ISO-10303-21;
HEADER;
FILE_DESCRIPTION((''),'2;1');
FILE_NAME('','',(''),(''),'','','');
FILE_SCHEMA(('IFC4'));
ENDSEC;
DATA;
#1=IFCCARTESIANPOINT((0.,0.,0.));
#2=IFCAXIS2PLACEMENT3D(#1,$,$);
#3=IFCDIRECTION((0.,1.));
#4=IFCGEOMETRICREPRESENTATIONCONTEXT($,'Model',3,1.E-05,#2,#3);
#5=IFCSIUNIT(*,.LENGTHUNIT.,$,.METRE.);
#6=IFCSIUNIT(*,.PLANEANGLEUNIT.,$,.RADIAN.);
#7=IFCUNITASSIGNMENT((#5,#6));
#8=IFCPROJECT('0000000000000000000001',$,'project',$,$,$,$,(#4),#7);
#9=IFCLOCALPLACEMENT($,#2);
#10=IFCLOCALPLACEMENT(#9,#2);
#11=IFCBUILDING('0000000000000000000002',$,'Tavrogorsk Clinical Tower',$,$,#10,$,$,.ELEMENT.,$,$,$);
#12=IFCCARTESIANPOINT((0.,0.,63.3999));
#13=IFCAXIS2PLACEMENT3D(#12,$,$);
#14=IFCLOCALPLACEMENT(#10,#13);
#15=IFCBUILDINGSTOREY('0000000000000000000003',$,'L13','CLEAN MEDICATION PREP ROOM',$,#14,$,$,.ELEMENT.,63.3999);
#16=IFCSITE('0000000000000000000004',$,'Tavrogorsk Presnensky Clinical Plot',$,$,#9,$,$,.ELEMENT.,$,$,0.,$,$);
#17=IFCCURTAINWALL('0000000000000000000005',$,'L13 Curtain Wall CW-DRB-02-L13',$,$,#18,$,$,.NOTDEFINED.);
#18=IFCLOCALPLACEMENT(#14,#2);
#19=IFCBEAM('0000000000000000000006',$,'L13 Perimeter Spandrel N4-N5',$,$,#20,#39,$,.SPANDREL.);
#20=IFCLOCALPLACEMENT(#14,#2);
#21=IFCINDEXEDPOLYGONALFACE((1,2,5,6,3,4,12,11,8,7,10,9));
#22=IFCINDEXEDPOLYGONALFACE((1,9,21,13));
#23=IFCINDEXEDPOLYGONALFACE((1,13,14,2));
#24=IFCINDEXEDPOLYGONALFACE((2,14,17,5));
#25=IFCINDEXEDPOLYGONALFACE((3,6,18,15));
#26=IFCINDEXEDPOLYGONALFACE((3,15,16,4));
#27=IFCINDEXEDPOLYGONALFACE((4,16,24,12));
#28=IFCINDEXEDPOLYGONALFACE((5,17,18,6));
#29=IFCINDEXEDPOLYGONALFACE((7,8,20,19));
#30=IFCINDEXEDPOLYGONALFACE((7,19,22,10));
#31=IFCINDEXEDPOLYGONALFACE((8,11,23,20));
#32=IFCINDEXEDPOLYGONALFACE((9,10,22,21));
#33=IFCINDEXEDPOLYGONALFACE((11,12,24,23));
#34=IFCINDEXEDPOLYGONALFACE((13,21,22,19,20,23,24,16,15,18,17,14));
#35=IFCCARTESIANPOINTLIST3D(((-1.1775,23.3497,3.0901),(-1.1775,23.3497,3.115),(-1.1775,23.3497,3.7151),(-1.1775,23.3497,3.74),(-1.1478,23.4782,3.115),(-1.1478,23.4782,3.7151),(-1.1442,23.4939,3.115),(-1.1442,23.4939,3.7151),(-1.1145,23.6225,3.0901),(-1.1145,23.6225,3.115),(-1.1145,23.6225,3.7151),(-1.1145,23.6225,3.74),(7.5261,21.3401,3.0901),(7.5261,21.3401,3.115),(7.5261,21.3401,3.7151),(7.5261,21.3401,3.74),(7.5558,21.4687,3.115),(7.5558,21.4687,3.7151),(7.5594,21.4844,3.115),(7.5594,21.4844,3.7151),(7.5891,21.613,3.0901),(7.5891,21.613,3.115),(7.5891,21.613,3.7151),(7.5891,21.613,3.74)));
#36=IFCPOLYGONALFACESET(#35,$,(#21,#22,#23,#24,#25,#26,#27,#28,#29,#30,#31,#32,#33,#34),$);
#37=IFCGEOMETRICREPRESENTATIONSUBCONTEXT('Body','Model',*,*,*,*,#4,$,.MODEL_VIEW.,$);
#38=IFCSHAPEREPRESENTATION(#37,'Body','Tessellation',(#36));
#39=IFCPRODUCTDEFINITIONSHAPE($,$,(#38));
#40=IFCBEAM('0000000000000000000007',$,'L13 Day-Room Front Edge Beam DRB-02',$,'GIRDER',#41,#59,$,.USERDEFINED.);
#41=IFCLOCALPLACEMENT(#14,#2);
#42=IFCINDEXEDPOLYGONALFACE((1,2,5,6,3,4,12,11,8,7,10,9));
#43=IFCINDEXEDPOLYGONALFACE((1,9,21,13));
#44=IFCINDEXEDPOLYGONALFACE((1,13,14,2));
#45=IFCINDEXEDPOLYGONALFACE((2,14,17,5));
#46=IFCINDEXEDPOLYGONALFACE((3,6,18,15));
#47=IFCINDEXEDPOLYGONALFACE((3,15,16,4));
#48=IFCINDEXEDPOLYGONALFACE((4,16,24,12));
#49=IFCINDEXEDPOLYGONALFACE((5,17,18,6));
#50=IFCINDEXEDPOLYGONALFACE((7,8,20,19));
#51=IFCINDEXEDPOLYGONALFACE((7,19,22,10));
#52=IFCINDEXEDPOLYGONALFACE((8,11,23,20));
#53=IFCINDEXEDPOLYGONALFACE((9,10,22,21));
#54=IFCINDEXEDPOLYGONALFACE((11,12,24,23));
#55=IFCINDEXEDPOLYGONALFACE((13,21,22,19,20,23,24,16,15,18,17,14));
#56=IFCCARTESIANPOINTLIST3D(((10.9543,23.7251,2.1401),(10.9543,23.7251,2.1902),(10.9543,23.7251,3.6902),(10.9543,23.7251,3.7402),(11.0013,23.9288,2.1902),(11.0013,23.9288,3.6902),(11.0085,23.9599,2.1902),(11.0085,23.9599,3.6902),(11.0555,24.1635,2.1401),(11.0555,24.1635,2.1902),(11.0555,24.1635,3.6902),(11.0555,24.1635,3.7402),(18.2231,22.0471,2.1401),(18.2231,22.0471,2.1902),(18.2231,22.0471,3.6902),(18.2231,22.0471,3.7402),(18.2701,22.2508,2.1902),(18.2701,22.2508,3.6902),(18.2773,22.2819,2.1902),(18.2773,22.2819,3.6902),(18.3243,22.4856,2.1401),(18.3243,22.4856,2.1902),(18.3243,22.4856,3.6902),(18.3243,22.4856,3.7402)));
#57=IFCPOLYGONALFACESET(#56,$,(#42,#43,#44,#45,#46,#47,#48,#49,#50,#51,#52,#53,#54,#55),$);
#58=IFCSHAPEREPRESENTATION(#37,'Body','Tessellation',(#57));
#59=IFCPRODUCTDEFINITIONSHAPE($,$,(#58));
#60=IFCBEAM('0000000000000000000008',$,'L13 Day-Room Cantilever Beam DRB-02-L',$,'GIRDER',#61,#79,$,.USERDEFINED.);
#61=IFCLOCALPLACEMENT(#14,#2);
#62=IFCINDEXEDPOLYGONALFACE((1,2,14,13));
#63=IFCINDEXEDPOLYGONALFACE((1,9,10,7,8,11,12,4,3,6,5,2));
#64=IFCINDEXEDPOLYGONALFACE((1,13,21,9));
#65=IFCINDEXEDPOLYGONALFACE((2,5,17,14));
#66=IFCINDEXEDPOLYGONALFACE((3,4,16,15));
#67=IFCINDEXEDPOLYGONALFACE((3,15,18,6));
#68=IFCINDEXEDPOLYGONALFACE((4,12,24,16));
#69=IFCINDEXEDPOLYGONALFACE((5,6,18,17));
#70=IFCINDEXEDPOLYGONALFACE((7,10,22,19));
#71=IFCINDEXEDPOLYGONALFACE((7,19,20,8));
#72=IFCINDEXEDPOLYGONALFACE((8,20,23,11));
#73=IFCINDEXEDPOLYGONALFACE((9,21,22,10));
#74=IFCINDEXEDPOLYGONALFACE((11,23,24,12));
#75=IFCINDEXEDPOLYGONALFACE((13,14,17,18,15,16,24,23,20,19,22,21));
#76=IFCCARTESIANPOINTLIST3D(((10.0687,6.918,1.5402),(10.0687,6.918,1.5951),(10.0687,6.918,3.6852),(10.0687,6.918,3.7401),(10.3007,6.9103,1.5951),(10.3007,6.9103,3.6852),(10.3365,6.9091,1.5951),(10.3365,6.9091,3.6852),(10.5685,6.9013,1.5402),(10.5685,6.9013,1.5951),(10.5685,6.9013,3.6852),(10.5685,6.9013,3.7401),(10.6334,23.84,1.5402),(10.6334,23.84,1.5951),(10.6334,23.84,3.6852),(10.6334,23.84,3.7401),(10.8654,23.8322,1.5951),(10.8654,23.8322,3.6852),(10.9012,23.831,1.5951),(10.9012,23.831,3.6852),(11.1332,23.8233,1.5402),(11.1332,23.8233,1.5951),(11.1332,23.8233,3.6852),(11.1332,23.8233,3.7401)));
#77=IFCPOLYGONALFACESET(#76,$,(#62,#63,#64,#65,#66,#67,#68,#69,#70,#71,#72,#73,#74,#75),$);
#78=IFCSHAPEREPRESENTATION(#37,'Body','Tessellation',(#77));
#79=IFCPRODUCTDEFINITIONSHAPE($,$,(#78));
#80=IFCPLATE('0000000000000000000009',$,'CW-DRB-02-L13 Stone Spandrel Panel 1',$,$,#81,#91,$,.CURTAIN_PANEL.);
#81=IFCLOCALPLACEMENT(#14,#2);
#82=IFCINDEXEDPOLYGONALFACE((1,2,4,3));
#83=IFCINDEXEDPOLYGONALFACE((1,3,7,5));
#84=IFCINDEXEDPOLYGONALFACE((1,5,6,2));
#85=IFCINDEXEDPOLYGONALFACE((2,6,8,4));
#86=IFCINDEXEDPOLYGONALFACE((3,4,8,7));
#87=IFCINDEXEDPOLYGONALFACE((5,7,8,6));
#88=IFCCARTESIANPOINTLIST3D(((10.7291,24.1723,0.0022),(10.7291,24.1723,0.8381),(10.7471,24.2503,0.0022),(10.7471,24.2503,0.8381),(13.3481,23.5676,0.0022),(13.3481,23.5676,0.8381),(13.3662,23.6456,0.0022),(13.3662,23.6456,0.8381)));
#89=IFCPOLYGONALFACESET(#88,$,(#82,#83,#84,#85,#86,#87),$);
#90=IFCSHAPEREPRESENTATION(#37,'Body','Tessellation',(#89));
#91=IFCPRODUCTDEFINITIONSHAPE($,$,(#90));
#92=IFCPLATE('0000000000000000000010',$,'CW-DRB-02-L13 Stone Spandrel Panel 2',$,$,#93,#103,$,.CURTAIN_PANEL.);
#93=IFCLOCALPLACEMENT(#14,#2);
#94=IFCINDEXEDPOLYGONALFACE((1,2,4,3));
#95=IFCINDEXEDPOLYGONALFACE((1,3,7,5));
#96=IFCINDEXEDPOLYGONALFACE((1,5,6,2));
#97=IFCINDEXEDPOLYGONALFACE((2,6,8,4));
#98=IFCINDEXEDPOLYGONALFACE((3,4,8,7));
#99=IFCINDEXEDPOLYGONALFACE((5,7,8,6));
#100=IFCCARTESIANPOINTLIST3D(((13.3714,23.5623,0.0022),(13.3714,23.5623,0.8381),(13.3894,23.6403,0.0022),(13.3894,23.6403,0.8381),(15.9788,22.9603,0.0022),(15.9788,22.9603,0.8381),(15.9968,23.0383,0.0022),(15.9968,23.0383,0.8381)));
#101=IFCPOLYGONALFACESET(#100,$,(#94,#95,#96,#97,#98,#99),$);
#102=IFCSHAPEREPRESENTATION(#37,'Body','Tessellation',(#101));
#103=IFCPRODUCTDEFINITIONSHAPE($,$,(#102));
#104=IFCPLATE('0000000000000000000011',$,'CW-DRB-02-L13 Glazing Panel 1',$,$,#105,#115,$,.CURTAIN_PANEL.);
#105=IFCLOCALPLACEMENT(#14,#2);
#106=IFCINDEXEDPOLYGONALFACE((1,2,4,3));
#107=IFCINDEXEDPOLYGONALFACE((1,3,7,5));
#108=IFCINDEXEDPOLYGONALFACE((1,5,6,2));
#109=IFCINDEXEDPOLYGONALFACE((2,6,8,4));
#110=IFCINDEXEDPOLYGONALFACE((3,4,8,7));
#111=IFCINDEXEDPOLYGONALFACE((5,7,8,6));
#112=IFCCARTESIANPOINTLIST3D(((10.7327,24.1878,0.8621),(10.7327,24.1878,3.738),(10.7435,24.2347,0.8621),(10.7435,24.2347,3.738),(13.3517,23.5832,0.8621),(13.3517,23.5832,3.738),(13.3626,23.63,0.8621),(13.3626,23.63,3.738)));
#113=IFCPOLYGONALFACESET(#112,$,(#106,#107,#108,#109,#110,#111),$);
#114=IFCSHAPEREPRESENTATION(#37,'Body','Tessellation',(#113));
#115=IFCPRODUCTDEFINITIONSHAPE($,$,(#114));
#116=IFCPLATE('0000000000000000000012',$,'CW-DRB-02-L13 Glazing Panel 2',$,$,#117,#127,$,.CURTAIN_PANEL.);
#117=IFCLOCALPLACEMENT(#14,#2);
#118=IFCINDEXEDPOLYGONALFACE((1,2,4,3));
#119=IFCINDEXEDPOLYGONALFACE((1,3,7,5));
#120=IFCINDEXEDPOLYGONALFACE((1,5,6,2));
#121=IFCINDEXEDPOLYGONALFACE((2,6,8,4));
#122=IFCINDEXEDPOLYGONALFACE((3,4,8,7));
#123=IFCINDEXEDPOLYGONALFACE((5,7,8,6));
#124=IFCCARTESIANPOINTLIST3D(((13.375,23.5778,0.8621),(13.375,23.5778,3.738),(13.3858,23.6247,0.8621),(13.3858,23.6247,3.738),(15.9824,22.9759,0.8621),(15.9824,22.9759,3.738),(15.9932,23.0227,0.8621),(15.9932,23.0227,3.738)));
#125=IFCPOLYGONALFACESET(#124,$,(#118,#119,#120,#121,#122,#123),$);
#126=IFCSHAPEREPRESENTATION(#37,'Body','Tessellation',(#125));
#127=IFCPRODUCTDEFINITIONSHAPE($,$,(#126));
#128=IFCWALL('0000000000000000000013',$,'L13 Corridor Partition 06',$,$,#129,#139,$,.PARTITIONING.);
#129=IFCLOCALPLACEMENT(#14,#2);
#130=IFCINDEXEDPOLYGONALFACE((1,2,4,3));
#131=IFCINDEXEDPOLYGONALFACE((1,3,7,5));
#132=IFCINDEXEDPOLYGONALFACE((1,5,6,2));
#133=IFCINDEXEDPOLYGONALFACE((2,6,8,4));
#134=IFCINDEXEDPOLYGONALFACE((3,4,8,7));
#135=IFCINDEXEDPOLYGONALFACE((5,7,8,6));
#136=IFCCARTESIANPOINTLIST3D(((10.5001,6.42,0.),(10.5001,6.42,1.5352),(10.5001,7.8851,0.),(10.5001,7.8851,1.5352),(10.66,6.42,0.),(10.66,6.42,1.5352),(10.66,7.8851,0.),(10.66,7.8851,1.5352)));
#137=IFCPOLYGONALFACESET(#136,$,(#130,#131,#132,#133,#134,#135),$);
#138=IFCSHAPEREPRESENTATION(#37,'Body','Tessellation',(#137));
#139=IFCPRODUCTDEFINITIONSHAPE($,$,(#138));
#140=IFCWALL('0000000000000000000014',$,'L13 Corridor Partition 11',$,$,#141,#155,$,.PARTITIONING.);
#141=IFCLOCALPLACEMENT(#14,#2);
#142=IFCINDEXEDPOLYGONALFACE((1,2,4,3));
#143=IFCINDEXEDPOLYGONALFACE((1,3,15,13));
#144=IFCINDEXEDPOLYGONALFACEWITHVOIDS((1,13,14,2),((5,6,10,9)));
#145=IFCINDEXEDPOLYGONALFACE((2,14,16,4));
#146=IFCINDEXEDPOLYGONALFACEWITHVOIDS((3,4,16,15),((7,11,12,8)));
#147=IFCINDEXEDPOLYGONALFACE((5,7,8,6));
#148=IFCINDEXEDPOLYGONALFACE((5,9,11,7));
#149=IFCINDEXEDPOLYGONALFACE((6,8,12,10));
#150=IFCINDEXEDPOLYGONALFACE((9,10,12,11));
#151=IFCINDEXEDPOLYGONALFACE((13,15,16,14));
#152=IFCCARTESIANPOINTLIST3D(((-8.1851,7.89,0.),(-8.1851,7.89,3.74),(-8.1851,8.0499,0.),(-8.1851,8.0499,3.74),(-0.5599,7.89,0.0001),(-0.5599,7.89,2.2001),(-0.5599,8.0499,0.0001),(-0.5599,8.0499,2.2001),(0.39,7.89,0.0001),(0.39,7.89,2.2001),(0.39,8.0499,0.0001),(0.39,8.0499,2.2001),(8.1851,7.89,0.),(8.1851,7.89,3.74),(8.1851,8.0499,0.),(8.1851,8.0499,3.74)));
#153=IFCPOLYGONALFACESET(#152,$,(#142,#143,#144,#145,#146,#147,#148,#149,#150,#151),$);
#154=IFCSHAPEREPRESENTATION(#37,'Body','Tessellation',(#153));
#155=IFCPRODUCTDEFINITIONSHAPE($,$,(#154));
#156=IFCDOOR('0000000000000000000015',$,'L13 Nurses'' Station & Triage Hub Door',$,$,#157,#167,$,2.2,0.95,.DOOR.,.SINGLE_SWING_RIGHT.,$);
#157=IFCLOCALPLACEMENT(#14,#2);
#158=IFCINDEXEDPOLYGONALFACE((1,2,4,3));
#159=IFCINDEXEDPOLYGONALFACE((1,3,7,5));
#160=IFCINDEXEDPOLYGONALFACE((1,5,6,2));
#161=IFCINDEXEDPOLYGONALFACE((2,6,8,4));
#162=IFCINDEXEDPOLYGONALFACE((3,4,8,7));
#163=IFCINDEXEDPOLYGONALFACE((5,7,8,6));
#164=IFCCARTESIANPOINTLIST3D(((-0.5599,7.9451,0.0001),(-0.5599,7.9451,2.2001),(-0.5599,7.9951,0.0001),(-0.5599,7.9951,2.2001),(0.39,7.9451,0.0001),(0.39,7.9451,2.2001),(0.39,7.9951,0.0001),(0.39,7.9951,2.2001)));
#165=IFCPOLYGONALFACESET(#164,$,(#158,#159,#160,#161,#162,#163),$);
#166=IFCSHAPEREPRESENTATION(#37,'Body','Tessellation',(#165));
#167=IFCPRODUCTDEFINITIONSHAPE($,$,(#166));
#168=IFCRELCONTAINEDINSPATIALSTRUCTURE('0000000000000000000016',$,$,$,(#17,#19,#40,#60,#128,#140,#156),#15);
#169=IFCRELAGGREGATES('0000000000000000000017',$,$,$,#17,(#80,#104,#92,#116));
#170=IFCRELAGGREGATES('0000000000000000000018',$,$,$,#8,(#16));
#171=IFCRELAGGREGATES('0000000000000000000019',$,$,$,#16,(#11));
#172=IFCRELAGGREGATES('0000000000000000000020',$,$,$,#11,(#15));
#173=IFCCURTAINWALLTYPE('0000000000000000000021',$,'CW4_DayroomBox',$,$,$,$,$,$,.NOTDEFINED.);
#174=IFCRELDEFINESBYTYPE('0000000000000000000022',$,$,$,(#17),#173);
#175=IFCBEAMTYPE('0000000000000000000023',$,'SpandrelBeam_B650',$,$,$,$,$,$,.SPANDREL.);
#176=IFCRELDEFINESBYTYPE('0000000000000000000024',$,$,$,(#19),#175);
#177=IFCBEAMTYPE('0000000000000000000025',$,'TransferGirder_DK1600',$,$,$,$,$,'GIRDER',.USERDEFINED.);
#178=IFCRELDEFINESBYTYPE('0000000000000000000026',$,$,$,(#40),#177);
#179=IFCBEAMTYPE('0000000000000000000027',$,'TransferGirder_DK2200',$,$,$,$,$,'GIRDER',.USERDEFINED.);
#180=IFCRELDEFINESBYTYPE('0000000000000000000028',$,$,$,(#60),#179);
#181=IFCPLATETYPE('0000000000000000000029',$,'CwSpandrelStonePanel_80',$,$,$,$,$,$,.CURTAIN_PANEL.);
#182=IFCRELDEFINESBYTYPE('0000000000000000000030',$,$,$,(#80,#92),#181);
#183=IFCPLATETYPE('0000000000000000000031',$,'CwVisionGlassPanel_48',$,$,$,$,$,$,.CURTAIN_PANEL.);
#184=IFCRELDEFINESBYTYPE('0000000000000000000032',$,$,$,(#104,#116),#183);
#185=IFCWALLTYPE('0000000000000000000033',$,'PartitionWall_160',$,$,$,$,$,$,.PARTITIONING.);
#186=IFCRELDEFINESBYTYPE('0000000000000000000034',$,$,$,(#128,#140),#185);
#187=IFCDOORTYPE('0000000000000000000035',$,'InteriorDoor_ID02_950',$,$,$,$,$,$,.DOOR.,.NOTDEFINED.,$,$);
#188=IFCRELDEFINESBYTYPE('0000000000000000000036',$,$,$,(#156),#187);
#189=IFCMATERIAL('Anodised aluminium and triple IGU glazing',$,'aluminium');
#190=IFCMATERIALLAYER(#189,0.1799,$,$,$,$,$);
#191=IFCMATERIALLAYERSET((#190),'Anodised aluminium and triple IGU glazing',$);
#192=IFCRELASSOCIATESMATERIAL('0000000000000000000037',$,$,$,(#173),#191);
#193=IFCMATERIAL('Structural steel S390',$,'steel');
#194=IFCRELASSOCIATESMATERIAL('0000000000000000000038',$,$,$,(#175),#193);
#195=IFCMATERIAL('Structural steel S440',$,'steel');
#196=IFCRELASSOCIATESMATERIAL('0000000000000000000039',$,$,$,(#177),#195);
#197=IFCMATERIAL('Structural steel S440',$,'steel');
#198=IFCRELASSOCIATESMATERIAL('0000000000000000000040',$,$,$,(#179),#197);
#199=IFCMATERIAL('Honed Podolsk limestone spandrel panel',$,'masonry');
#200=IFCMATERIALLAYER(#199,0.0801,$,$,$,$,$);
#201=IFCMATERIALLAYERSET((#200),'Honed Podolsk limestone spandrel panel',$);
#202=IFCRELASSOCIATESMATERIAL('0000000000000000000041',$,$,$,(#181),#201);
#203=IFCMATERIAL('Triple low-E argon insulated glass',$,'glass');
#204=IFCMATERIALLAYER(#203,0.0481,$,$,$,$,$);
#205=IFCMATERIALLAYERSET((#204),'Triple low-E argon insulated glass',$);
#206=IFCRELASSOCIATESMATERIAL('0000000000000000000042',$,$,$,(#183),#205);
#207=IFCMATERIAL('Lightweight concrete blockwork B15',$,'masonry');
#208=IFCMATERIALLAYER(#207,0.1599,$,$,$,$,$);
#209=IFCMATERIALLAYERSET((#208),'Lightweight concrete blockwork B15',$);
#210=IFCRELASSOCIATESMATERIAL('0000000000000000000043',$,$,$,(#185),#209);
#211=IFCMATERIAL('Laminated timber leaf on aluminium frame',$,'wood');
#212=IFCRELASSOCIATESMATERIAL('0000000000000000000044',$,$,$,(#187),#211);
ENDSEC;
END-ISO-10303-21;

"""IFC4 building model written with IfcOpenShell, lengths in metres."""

from ifc_helpers import new_model, si_unit, direction, frame, frame_2d, origin, origin_2d, place, context, subcontext, project, spatial, rectangle, i_section, extrude, material, layer, layer_set, material_profile, profile_set, type_object, element, fill, aggregate, save


model = new_model("IFC4")

# Units and contexts
model_context = context("Model", 3, precision=1e-05, world=origin(), true_north=direction((0.0, 1.0)))
body_context = subcontext(model_context, "Body", "Model", "MODEL_VIEW")
ifc_project = project(units=[si_unit("LENGTHUNIT", "METRE"), si_unit("PLANEANGLEUNIT", "RADIAN")], contexts=[model_context])

# Site, building, storey
site_placement = place(None, origin())
site = spatial("IfcSite", under=ifc_project, at=site_placement, Name="Tavrogorsk Presnensky Clinical Plot", CompositionType="ELEMENT", RefElevation=0.0)
building_placement = place(site_placement, origin())
building = spatial("IfcBuilding", under=site, at=building_placement, Name="Tavrogorsk Clinical Tower", CompositionType="ELEMENT")
storey_placement = place(building_placement, frame((0.0, 0.0, 63.3999)))
storey = spatial("IfcBuildingStorey", under=building, at=storey_placement, Name="L13", Description="CLEAN MEDICATION PREP ROOM", CompositionType="ELEMENT", Elevation=63.3999)

# Curtain wall
ifc_material_1 = material(Name="Anodised aluminium and triple IGU glazing", Category="aluminium")
ifc_layer_1 = layer(ifc_material_1, 0.1799)
ifc_layer_set_1 = layer_set([ifc_layer_1], Name="Anodised aluminium and triple IGU glazing")
curtain_wall_type = type_object("IfcCurtainWallType", Name="CW4_DayroomBox", PredefinedType="NOTDEFINED", material=ifc_layer_set_1)
curtain_wall_placement = place(storey_placement, origin())
curtain_wall = element("IfcCurtainWall", 1, at=curtain_wall_placement, inside=storey, type_object=curtain_wall_type, Name="L13 Curtain Wall CW-DRB-02-L13", PredefinedType="NOTDEFINED")

# Beams
ifc_material_2 = material(Name="Structural steel S390", Category="steel")
ifc_material_profile_1 = material_profile(ifc_material_2, i_section(OverallWidth=0.28, OverallDepth=0.6499, WebThickness=0.0161, FlangeThickness=0.0249, at=origin_2d()), Name="B-650x280x16x25")
ifc_profile_set_1 = profile_set([ifc_material_profile_1], Name="Structural steel S390")
beam_type_1 = type_object("IfcBeamType", Name="SpandrelBeam_B650", PredefinedType="SPANDREL", material=ifc_profile_set_1)
beam_1_placement = place(storey_placement, frame((7.5576, 21.4766, 3.415), z_axis=(-0.974367, 0.224965, 0.0), x_axis=(-0.224965, -0.974367, 0.0)))
element("IfcBeam", 2, at=beam_1_placement, inside=storey, type_object=beam_type_1, Name="L13 Perimeter Spandrel N4-N5", PredefinedType="SPANDREL", context=body_context, shape_type="SweptSolid", body=[
    extrude(i_section(OverallWidth=0.28, OverallDepth=0.6499, WebThickness=0.0161, FlangeThickness=0.0249, at=origin_2d()), origin(), (0.0, 0.0, 1.0), 8.9326),
])
ifc_material_3 = material(Name="Structural steel S440", Category="steel")
ifc_material_profile_2 = material_profile(ifc_material_3, i_section(OverallWidth=0.45, OverallDepth=1.6001, WebThickness=0.032, FlangeThickness=0.05, at=origin_2d()), Name="DK-1600x450x32x50")
ifc_profile_set_2 = profile_set([ifc_material_profile_2], Name="Structural steel S440")
beam_type_2 = type_object("IfcBeamType", Name="TransferGirder_DK1600", ElementType="GIRDER", PredefinedType="USERDEFINED", material=ifc_profile_set_2)
beam_2_placement = place(storey_placement, frame((11.0049, 23.9443, 2.9402), z_axis=(0.974375, -0.224931, 0.0), x_axis=(0.224931, 0.974375, 0.0)))
element("IfcBeam", 3, at=beam_2_placement, inside=storey, type_object=beam_type_2, Name="L13 Day-Room Front Edge Beam DRB-02", ObjectType="GIRDER", PredefinedType="USERDEFINED", context=body_context, shape_type="SweptSolid", body=[
    extrude(i_section(OverallWidth=0.45, OverallDepth=1.6001, WebThickness=0.032, FlangeThickness=0.05, at=origin_2d()), origin(), (0.0, 0.0, 1.0), 7.46),
])
ifc_material_4 = material(Name="Structural steel S440", Category="steel")
ifc_material_profile_3 = material_profile(ifc_material_4, i_section(OverallWidth=0.5, OverallDepth=2.2, WebThickness=0.0359, FlangeThickness=0.0549, at=origin_2d()), Name="DK-2200x500x36x55")
ifc_profile_set_3 = profile_set([ifc_material_profile_3], Name="Structural steel S440")
beam_type_3 = type_object("IfcBeamType", Name="TransferGirder_DK2200", ElementType="GIRDER", PredefinedType="USERDEFINED", material=ifc_profile_set_3)
beam_3_placement = place(storey_placement, frame((10.3186, 6.9097, 2.6401), z_axis=(0.033352, 0.999444, 0.0), x_axis=(-0.999444, 0.033352, 0.0)))
element("IfcBeam", 4, at=beam_3_placement, inside=storey, type_object=beam_type_3, Name="L13 Day-Room Cantilever Beam DRB-02-L", ObjectType="GIRDER", PredefinedType="USERDEFINED", context=body_context, shape_type="SweptSolid", body=[
    extrude(i_section(OverallWidth=0.5, OverallDepth=2.2, WebThickness=0.0359, FlangeThickness=0.0549, at=origin_2d()), origin(), (0.0, 0.0, 1.0), 16.9314),
])

# Plates
ifc_material_5 = material(Name="Honed Podolsk limestone spandrel panel", Category="masonry")
ifc_layer_2 = layer(ifc_material_5, 0.0801)
ifc_layer_set_2 = layer_set([ifc_layer_2], Name="Honed Podolsk limestone spandrel panel")
plate_type_1 = type_object("IfcPlateType", Name="CwSpandrelStonePanel_80", PredefinedType="CURTAIN_PANEL", material=ifc_layer_set_2)
plate_1_placement = place(storey_placement, frame((12.0476, 23.9089, 0.0022), z_axis=(0.0, 0.0, 1.0), x_axis=(0.97437, -0.224951, 0.0)))
plate_1 = element("IfcPlate", 5, at=plate_1_placement, type_object=plate_type_1, Name="CW-DRB-02-L13 Stone Spandrel Panel 1", PredefinedType="CURTAIN_PANEL", context=body_context, shape_type="SweptSolid", body=[
    extrude(rectangle(XDim=2.688, YDim=0.0801, at=origin_2d()), origin(), (0.0, 0.0, 1.0), 0.8359),
])
plate_2_placement = place(storey_placement, frame((14.6841, 23.3003, 0.0022), z_axis=(0.0, 0.0, 1.0), x_axis=(0.97437, -0.224951, 0.0)))
plate_2 = element("IfcPlate", 6, at=plate_2_placement, type_object=plate_type_1, Name="CW-DRB-02-L13 Stone Spandrel Panel 2", PredefinedType="CURTAIN_PANEL", context=body_context, shape_type="SweptSolid", body=[
    extrude(rectangle(XDim=2.676, YDim=0.0801, at=origin_2d()), origin(), (0.0, 0.0, 1.0), 0.8359),
])
ifc_material_6 = material(Name="Triple low-E argon insulated glass", Category="glass")
ifc_layer_3 = layer(ifc_material_6, 0.0481)
ifc_layer_set_3 = layer_set([ifc_layer_3], Name="Triple low-E argon insulated glass")
plate_type_2 = type_object("IfcPlateType", Name="CwVisionGlassPanel_48", PredefinedType="CURTAIN_PANEL", material=ifc_layer_set_3)
plate_3_placement = place(storey_placement, frame((12.0476, 23.9089, 0.8621), z_axis=(0.0, 0.0, 1.0), x_axis=(0.97437, -0.224951, 0.0)))
plate_3 = element("IfcPlate", 7, at=plate_3_placement, type_object=plate_type_2, Name="CW-DRB-02-L13 Glazing Panel 1", PredefinedType="CURTAIN_PANEL", context=body_context, shape_type="SweptSolid", body=[
    extrude(rectangle(XDim=2.688, YDim=0.0481, at=origin_2d()), origin(), (0.0, 0.0, 1.0), 2.876),
])
plate_4_placement = place(storey_placement, frame((14.6841, 23.3003, 0.8621), z_axis=(0.0, 0.0, 1.0), x_axis=(0.97437, -0.224951, 0.0)))
plate_4 = element("IfcPlate", 8, at=plate_4_placement, type_object=plate_type_2, Name="CW-DRB-02-L13 Glazing Panel 2", PredefinedType="CURTAIN_PANEL", context=body_context, shape_type="SweptSolid", body=[
    extrude(rectangle(XDim=2.676, YDim=0.0481, at=origin_2d()), origin(), (0.0, 0.0, 1.0), 2.876),
])
aggregate(curtain_wall, [plate_1, plate_3, plate_2, plate_4])

# Wall
ifc_material_7 = material(Name="Lightweight concrete blockwork B15", Category="masonry")
ifc_layer_4 = layer(ifc_material_7, 0.1599)
ifc_layer_set_4 = layer_set([ifc_layer_4], Name="Lightweight concrete blockwork B15")
wall_type_1 = type_object("IfcWallType", Name="PartitionWall_160", PredefinedType="PARTITIONING", material=ifc_layer_set_4)
wall_1_placement = place(storey_placement, frame((10.5801, 7.885, 0.0), z_axis=(0.0, 0.0, 1.0), x_axis=(0.0, -1.0, 0.0)))
element("IfcWall", 9, at=wall_1_placement, inside=storey, type_object=wall_type_1, Name="L13 Corridor Partition 06", PredefinedType="PARTITIONING", context=body_context, shape_type="SweptSolid", body=[
    extrude(rectangle(XDim=1.4651, YDim=0.1599, at=frame_2d((0.7324, 0.0))), origin(), (0.0, 0.0, 1.0), 1.5352),
])

# Wall, opening, door
wall_2_placement = place(storey_placement, frame((8.1851, 7.97, 0.0), z_axis=(0.0, 0.0, 1.0), x_axis=(-1.0, 0.0, 0.0)))
wall_2 = element("IfcWall", 10, at=wall_2_placement, inside=storey, type_object=wall_type_1, Name="L13 Corridor Partition 11", PredefinedType="PARTITIONING", context=body_context, shape_type="SweptSolid", body=[
    extrude(rectangle(XDim=16.3701, YDim=0.1599, at=frame_2d((8.1851, 0.0))), origin(), (0.0, 0.0, 1.0), 3.74),
])
opening_1_placement = place(wall_2_placement, frame((7.7949, 0.0, 0.0)))
opening_1 = element("IfcOpeningElement", 11, at=opening_1_placement, cuts=wall_2, PredefinedType="OPENING", context=body_context, shape_type="SweptSolid", body=[
    extrude(rectangle(XDim=0.95, YDim=2.2, at=frame_2d((0.4751, 1.1001))), frame((0.0, 0.0898, 0.0), z_axis=(0.0, -1.0, 0.0), x_axis=(1.0, 0.0, 0.0)), (0.0, 0.0, 1.0), 0.1799),
])
ifc_material_8 = material(Name="Laminated timber leaf on aluminium frame", Category="wood")
door_type = type_object("IfcDoorType", Name="InteriorDoor_ID02_950", OperationType="NOTDEFINED", PredefinedType="DOOR", material=ifc_material_8)
door_placement = place(opening_1_placement, origin())
door = element("IfcDoor", 12, at=door_placement, inside=storey, type_object=door_type, Name="L13 Nurses' Station & Triage Hub Door", OperationType="SINGLE_SWING_RIGHT", OverallHeight=2.2, OverallWidth=0.95, PredefinedType="DOOR", context=body_context, shape_type="SweptSolid", body=[
    extrude(rectangle(XDim=0.95, YDim=2.2, at=frame_2d((0.4751, 1.1001))), frame((0.0, 0.0249, 0.0), z_axis=(0.0, -1.0, 0.0), x_axis=(1.0, 0.0, 0.0)), (0.0, 0.0, 1.0), 0.05),
])
fill(opening_1, door)

save(model, "model.ifc")
